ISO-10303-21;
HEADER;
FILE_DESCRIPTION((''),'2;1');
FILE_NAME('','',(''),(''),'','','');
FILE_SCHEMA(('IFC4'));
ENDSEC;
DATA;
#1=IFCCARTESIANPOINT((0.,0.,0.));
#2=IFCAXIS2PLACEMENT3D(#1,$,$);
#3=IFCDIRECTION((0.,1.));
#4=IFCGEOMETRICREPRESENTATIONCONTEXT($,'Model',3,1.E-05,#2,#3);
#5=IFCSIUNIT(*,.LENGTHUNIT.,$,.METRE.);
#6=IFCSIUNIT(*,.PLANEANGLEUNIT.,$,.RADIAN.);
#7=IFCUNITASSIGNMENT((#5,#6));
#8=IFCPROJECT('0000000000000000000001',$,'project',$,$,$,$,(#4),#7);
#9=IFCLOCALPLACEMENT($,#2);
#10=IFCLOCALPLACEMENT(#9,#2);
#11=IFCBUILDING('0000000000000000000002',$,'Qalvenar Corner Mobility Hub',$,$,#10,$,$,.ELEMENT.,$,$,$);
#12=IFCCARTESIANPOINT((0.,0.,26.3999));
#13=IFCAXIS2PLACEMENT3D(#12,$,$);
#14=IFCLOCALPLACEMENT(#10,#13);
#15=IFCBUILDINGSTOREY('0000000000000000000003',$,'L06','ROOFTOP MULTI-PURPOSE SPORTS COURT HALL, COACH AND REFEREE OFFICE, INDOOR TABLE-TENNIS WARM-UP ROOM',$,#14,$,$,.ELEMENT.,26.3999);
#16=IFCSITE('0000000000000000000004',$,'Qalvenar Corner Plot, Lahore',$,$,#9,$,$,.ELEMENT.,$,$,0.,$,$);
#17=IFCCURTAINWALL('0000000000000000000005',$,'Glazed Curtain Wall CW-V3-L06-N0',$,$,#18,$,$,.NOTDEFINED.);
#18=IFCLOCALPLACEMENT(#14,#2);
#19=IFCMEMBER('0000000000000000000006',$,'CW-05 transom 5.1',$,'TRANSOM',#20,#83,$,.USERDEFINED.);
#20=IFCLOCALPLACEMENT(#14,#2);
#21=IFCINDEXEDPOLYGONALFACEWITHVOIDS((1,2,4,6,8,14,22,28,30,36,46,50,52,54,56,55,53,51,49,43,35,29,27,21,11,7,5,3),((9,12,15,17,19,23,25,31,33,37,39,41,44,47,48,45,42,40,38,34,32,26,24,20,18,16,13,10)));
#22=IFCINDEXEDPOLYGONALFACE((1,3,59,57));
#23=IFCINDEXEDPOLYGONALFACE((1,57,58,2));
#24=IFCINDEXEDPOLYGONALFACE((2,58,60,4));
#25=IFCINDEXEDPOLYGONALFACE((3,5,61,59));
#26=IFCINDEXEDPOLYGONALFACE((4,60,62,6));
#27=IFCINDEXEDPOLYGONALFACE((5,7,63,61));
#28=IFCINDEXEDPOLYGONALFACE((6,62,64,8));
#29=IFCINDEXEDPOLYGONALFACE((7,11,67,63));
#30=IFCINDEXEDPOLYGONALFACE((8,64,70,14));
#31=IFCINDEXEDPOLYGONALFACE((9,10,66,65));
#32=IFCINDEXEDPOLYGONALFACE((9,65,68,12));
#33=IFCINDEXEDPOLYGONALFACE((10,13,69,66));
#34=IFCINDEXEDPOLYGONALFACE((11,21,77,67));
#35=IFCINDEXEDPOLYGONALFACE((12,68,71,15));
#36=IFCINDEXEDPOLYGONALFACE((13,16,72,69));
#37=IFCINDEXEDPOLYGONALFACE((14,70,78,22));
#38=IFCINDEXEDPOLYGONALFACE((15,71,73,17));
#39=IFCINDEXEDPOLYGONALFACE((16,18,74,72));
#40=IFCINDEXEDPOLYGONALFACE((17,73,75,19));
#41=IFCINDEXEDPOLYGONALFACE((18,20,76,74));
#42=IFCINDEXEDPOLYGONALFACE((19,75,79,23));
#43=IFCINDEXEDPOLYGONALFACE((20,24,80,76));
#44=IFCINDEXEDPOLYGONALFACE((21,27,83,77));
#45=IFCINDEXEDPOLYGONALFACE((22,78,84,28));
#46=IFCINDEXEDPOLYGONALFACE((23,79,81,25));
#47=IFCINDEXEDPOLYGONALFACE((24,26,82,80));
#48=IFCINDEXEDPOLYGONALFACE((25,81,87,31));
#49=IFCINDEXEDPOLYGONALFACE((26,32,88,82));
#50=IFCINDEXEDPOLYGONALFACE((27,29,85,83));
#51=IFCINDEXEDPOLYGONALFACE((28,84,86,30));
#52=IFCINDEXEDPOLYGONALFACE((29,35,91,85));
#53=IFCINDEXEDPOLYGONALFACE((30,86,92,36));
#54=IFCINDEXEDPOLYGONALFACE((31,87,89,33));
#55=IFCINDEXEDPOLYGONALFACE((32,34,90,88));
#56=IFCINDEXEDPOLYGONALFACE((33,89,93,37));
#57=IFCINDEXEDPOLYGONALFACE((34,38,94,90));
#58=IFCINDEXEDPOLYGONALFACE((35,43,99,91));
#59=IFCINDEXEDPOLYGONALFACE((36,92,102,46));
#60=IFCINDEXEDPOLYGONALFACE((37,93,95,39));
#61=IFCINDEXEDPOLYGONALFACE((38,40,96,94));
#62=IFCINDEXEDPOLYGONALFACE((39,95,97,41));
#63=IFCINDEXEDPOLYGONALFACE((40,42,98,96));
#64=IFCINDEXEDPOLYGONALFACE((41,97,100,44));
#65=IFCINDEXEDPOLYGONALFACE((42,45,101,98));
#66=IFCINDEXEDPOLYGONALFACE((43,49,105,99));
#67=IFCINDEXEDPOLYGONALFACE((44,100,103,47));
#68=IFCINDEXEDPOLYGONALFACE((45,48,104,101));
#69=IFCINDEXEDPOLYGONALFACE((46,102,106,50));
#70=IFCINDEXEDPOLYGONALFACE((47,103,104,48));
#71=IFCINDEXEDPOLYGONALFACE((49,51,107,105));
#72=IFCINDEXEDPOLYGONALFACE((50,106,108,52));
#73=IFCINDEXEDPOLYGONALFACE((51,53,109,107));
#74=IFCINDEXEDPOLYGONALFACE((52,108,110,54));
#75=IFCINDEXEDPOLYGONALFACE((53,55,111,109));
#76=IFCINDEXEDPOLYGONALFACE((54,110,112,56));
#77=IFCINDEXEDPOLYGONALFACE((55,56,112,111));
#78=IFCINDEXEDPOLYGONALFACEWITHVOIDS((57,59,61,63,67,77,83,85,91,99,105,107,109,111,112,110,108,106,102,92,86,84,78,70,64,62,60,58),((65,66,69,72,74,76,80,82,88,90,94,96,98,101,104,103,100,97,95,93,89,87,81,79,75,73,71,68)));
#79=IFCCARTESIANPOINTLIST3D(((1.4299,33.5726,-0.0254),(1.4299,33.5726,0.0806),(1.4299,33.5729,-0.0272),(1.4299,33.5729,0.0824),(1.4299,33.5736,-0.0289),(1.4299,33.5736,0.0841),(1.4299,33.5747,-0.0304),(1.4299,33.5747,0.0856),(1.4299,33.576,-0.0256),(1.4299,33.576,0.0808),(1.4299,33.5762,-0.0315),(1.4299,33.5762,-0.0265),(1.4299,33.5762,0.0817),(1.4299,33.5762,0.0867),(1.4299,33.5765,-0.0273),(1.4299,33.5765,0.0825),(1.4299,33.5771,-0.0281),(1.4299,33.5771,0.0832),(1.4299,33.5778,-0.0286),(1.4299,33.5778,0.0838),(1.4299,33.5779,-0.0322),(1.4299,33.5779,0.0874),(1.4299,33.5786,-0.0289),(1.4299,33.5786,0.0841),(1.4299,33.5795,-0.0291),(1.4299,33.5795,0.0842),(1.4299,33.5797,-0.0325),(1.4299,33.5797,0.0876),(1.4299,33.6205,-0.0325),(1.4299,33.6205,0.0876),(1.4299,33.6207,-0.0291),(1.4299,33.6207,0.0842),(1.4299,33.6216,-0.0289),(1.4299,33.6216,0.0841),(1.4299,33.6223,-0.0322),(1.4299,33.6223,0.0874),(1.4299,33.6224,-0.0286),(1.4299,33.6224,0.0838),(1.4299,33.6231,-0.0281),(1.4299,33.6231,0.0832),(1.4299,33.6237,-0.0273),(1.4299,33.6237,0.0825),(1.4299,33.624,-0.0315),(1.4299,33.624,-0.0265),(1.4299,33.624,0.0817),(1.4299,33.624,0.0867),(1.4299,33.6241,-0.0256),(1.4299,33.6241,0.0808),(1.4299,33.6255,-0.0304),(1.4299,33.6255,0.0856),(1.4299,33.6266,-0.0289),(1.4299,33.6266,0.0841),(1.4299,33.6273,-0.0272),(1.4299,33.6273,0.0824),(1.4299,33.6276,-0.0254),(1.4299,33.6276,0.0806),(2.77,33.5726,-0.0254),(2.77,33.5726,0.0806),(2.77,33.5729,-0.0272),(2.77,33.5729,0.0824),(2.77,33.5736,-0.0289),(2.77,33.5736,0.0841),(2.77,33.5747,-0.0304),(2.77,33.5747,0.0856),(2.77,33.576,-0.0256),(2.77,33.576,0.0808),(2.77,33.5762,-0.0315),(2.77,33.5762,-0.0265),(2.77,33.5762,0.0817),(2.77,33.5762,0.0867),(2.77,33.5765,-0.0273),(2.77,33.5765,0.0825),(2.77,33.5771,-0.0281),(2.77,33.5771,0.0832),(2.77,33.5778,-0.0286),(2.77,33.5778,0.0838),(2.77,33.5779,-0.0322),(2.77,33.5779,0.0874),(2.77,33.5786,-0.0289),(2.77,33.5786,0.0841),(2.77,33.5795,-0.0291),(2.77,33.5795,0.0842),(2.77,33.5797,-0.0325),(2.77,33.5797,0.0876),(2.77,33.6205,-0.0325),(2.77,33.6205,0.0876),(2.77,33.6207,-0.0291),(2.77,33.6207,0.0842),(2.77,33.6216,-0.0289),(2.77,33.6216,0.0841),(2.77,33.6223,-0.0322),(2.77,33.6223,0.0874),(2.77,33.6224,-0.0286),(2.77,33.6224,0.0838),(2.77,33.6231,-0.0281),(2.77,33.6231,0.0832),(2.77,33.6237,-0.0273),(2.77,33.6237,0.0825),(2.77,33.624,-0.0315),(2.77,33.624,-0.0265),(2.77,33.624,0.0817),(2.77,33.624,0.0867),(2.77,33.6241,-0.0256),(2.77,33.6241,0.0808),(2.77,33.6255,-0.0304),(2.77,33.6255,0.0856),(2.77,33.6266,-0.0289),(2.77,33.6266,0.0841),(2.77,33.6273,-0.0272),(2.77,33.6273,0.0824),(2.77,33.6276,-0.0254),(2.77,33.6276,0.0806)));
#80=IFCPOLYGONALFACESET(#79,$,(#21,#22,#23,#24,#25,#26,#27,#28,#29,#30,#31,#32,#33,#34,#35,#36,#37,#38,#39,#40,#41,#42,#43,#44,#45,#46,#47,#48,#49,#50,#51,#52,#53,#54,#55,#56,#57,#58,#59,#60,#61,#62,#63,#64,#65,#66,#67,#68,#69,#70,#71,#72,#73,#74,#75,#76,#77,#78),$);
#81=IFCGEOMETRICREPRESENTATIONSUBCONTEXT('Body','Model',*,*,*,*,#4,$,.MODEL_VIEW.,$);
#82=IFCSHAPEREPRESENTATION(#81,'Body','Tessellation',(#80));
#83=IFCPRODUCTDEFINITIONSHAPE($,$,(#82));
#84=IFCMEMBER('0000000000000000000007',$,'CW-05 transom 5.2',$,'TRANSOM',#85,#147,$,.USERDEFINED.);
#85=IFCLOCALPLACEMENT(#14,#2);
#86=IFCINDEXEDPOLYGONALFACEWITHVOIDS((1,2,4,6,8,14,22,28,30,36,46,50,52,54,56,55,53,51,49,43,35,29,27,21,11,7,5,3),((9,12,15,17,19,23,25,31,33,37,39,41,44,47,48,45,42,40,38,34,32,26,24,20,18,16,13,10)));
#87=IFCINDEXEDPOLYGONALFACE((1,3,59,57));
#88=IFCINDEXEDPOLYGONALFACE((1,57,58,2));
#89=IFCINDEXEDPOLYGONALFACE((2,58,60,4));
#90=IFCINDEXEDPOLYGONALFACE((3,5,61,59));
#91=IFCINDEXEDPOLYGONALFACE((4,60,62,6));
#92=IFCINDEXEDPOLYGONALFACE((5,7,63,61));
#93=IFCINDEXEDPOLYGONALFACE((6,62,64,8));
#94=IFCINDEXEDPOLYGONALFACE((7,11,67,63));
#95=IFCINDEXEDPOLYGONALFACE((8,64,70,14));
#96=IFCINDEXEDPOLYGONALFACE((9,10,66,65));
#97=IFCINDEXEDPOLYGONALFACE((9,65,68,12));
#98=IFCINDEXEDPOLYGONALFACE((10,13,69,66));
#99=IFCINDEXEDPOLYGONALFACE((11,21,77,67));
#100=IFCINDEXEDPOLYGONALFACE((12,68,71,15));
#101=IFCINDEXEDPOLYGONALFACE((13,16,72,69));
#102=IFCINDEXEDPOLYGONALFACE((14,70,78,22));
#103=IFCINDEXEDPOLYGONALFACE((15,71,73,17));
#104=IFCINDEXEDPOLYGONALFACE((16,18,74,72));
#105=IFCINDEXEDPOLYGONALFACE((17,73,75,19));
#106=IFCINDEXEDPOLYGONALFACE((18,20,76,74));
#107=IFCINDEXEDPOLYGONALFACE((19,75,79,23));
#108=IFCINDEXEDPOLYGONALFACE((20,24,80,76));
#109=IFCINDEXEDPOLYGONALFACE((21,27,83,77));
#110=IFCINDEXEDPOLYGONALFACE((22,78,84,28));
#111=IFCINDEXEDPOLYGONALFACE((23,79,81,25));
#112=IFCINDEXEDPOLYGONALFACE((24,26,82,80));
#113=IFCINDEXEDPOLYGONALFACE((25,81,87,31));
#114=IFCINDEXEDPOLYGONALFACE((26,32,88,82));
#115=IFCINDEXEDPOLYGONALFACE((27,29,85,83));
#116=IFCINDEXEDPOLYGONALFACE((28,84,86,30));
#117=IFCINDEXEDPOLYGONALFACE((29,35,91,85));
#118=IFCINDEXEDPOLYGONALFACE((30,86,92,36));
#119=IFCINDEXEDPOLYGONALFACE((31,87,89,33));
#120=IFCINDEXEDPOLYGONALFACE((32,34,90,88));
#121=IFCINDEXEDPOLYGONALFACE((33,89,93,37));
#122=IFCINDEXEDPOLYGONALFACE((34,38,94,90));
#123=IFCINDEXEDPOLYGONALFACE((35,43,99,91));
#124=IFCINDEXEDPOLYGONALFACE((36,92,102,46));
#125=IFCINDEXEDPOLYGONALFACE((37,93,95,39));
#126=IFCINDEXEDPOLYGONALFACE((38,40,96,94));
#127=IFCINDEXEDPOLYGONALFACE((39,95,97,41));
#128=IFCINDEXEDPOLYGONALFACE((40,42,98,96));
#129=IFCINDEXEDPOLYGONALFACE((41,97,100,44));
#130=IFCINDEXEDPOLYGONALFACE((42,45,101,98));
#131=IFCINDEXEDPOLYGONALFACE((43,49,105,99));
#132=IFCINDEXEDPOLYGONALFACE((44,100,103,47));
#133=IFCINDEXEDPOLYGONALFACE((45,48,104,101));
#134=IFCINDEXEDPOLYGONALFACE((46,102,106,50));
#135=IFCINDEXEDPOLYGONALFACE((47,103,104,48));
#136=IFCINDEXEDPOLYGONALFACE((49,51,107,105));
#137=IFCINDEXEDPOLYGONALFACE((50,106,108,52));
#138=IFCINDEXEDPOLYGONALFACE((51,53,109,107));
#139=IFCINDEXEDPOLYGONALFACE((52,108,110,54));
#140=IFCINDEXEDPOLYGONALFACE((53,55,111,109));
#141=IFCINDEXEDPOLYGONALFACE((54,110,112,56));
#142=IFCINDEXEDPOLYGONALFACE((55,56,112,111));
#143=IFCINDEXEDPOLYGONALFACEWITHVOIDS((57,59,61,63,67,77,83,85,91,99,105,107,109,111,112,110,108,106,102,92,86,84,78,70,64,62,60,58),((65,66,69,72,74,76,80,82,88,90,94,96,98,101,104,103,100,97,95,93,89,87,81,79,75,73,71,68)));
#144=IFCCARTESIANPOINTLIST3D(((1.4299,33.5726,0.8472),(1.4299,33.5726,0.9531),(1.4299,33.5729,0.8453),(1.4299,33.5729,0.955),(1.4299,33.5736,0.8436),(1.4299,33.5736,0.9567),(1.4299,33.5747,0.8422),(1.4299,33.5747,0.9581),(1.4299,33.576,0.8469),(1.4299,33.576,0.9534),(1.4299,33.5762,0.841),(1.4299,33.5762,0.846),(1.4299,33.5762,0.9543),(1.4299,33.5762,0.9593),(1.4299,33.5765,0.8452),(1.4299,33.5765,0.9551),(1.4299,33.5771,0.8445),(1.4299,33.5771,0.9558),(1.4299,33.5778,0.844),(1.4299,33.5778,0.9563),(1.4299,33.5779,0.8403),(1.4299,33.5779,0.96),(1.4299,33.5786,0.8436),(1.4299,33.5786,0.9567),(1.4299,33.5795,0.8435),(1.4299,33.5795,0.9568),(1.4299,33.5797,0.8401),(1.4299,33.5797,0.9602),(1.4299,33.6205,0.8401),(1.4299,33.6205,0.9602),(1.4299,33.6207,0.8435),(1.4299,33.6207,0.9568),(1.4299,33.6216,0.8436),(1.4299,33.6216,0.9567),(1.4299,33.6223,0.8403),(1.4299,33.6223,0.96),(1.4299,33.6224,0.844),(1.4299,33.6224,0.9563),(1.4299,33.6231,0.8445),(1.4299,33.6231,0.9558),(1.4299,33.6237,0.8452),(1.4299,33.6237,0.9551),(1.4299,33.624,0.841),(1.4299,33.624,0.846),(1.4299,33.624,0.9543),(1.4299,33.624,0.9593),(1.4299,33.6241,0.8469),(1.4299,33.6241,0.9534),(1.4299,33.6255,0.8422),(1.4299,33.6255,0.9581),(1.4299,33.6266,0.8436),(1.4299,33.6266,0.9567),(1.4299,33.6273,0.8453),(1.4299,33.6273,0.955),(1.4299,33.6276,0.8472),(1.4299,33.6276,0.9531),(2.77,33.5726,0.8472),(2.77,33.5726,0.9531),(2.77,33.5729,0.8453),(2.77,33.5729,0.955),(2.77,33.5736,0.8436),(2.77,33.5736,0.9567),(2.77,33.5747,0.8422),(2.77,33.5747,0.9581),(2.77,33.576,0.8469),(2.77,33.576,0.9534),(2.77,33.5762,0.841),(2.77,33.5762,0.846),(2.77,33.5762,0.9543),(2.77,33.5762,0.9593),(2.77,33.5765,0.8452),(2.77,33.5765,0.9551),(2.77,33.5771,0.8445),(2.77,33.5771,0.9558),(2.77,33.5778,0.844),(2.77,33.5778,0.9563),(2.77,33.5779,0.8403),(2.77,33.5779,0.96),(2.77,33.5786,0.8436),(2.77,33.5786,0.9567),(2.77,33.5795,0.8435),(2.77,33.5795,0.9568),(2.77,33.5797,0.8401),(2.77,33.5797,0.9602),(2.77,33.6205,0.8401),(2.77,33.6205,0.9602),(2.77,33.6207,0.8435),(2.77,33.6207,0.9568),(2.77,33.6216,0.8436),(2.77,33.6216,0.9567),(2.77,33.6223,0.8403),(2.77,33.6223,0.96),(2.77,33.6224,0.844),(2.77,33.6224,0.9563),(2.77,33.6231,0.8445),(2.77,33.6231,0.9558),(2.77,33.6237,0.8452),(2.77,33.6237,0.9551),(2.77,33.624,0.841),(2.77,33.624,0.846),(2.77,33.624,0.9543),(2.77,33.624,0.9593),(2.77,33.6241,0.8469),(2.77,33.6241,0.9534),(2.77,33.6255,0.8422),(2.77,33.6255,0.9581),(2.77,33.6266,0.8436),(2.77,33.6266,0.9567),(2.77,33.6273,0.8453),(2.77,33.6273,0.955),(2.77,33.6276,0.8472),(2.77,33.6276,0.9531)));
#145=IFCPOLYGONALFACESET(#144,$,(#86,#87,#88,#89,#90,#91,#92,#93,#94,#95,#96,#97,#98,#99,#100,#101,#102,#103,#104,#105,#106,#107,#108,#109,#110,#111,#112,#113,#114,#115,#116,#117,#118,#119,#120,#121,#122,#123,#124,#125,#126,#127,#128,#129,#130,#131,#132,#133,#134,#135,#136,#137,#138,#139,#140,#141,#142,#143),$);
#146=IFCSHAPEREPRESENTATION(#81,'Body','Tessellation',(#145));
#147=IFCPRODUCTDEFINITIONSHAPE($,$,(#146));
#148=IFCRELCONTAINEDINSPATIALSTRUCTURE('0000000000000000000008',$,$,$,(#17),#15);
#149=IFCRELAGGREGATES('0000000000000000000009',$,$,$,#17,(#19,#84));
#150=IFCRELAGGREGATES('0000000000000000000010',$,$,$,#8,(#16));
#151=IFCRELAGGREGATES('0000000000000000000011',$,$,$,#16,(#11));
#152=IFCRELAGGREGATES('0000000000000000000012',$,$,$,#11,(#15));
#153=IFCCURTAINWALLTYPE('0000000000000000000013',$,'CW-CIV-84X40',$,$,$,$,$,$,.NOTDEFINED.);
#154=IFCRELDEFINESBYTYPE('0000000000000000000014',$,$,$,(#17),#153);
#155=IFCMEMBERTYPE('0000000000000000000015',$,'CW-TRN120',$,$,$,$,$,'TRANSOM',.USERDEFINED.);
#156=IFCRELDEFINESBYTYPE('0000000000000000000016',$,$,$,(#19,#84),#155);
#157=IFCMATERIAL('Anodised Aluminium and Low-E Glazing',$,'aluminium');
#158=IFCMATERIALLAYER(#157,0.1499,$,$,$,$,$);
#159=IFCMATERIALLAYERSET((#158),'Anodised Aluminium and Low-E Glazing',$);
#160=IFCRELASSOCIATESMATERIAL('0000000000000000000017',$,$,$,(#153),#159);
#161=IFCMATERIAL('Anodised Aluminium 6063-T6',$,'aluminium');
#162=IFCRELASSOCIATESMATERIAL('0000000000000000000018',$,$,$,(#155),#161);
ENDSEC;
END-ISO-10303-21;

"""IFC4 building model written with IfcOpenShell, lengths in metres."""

from ifc_helpers import new_model, si_unit, direction, frame, origin, origin_2d, place, context, subcontext, project, spatial, hollow_rectangle, extrude, material, layer, layer_set, material_profile, profile_set, type_object, element, aggregate, save


model = new_model("IFC4")

# Units and contexts
model_context = context("Model", 3, precision=1e-05, world=origin(), true_north=direction((0.0, 1.0)))
body_context = subcontext(model_context, "Body", "Model", "MODEL_VIEW")
ifc_project = project(units=[si_unit("LENGTHUNIT", "METRE"), si_unit("PLANEANGLEUNIT", "RADIAN")], contexts=[model_context])

# Site, building, storey
site_placement = place(None, origin())
site = spatial("IfcSite", under=ifc_project, at=site_placement, Name="Qalvenar Corner Plot, Lahore", CompositionType="ELEMENT", RefElevation=0.0)
building_placement = place(site_placement, origin())
building = spatial("IfcBuilding", under=site, at=building_placement, Name="Qalvenar Corner Mobility Hub", CompositionType="ELEMENT")
storey_placement = place(building_placement, frame((0.0, 0.0, 26.3999)))
storey = spatial("IfcBuildingStorey", under=building, at=storey_placement, Name="L06", Description="ROOFTOP MULTI-PURPOSE SPORTS COURT HALL, COACH AND REFEREE OFFICE, INDOOR TABLE-TENNIS WARM-UP ROOM", CompositionType="ELEMENT", Elevation=26.3999)

# Curtain wall, members
ifc_material_1 = material(Name="Anodised Aluminium and Low-E Glazing", Category="aluminium")
ifc_layer_1 = layer(ifc_material_1, 0.1499)
ifc_layer_set_1 = layer_set([ifc_layer_1], Name="Anodised Aluminium and Low-E Glazing")
curtain_wall_type = type_object("IfcCurtainWallType", Name="CW-CIV-84X40", PredefinedType="NOTDEFINED", material=ifc_layer_set_1)
curtain_wall_placement = place(storey_placement, origin())
curtain_wall = element("IfcCurtainWall", 1, at=curtain_wall_placement, inside=storey, type_object=curtain_wall_type, Name="Glazed Curtain Wall CW-V3-L06-N0", PredefinedType="NOTDEFINED")
ifc_material_2 = material(Name="Anodised Aluminium 6063-T6", Category="aluminium")
ifc_material_profile_1 = material_profile(ifc_material_2, hollow_rectangle(XDim=0.0549, YDim=0.1201, WallThickness=0.0034, InnerFilletRadius=0.0034, OuterFilletRadius=0.0071, at=origin_2d()), Name="RHS120x55x3.5")
ifc_profile_set_1 = profile_set([ifc_material_profile_1], Name="Anodised Aluminium 6063-T6")
member_type_1 = type_object("IfcMemberType", Name="CW-TRN120", ElementType="TRANSOM", PredefinedType="USERDEFINED", material=ifc_profile_set_1)
member_1_placement = place(storey_placement, frame((2.77, 33.6001, 0.0276), z_axis=(-1.0, 0.0, 0.0), x_axis=(0.0, -1.0, 0.0)))
member_1 = element("IfcMember", 2, at=member_1_placement, type_object=member_type_1, Name="CW-05 transom 5.1", ObjectType="TRANSOM", PredefinedType="USERDEFINED", context=body_context, shape_type="SweptSolid", body=[
    extrude(hollow_rectangle(XDim=0.0549, YDim=0.1201, WallThickness=0.0034, InnerFilletRadius=0.0034, OuterFilletRadius=0.0071, at=origin_2d()), origin(), (0.0, 0.0, 1.0), 1.3401),
])
member_2_placement = place(storey_placement, frame((2.77, 33.6001, 0.9001), z_axis=(-1.0, 0.0, 0.0), x_axis=(0.0, -1.0, 0.0)))
member_2 = element("IfcMember", 3, at=member_2_placement, type_object=member_type_1, Name="CW-05 transom 5.2", ObjectType="TRANSOM", PredefinedType="USERDEFINED", context=body_context, shape_type="SweptSolid", body=[
    extrude(hollow_rectangle(XDim=0.0549, YDim=0.1201, WallThickness=0.0034, InnerFilletRadius=0.0034, OuterFilletRadius=0.0071, at=origin_2d()), origin(), (0.0, 0.0, 1.0), 1.3401),
])
aggregate(curtain_wall, [member_1, member_2])

save(model, "model.ifc")
